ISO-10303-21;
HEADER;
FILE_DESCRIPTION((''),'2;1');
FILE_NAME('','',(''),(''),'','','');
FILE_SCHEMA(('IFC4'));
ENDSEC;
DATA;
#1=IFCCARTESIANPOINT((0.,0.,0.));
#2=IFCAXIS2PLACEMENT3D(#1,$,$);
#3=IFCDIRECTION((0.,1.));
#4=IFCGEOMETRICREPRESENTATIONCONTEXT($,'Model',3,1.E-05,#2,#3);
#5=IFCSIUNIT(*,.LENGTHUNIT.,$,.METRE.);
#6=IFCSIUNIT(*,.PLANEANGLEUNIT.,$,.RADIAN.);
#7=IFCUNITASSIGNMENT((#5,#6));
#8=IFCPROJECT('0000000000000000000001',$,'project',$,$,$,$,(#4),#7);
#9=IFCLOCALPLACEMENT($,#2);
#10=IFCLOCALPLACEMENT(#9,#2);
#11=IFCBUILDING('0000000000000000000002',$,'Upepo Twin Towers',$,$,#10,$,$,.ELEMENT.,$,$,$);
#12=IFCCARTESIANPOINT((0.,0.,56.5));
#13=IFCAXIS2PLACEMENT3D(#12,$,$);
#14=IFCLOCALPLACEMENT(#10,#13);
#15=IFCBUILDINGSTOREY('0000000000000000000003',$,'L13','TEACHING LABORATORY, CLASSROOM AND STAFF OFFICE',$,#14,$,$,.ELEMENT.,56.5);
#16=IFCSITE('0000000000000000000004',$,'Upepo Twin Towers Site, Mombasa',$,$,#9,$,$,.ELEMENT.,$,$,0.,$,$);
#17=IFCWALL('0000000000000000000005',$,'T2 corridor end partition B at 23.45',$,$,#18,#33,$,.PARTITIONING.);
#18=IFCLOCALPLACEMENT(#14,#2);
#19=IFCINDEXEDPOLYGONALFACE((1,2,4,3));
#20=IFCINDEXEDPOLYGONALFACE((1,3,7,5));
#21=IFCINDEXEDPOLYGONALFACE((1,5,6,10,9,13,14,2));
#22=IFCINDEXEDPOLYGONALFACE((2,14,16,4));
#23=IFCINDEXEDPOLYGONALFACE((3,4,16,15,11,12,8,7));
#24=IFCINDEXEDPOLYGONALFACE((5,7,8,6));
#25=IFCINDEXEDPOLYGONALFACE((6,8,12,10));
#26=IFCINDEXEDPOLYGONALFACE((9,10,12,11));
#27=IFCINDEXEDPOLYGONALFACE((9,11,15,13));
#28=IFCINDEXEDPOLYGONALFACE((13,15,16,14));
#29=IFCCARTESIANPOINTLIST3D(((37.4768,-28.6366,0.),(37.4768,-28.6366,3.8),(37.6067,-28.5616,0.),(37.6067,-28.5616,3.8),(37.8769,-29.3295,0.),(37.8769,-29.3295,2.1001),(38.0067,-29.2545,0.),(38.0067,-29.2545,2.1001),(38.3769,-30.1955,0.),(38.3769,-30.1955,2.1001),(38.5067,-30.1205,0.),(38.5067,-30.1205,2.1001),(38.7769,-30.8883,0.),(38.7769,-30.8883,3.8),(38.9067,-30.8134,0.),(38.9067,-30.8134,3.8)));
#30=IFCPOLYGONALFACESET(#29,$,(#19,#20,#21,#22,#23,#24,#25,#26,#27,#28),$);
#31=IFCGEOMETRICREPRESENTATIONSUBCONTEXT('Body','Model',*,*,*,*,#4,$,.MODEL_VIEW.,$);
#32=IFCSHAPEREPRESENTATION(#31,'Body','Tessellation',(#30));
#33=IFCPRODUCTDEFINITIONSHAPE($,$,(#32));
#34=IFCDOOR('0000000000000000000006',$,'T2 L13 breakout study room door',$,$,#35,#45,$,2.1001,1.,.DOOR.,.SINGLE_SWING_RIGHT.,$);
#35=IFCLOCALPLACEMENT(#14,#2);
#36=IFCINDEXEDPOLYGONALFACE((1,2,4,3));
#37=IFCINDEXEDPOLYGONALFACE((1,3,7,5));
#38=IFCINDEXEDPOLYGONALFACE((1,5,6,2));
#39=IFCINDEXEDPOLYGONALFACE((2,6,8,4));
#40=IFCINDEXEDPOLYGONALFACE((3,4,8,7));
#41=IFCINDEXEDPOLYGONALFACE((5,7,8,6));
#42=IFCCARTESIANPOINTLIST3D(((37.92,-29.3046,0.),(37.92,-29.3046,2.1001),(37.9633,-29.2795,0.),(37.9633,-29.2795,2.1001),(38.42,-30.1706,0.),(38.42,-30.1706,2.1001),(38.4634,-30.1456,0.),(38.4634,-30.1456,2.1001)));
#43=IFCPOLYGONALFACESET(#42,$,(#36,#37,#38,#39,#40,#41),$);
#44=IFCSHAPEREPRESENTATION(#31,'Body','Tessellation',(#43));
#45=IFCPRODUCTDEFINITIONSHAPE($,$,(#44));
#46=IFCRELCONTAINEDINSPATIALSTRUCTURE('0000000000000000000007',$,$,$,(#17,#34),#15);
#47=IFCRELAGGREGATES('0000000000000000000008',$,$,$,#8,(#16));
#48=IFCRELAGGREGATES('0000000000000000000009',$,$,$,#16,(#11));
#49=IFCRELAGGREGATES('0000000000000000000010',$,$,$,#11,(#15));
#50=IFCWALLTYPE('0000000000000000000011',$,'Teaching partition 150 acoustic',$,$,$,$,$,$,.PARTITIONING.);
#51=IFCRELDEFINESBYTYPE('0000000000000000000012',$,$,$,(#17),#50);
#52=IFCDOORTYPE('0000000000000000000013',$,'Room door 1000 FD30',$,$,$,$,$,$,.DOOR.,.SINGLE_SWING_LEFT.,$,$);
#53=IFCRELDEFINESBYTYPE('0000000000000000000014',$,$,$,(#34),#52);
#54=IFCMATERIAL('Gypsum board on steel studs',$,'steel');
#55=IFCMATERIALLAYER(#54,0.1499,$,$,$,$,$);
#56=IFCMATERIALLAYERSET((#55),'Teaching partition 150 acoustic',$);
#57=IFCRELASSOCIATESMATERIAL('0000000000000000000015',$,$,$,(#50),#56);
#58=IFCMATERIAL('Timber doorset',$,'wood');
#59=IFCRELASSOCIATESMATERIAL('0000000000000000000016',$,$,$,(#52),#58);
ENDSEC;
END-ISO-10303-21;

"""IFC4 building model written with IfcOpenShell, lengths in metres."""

from ifc_helpers import new_model, si_unit, direction, frame, frame_2d, origin, place, context, subcontext, project, spatial, rectangle, extrude, material, layer, layer_set, type_object, element, fill, save


model = new_model("IFC4")

# Units and contexts
model_context = context("Model", 3, precision=1e-05, world=origin(), true_north=direction((0.0, 1.0)))
body_context = subcontext(model_context, "Body", "Model", "MODEL_VIEW")
ifc_project = project(units=[si_unit("LENGTHUNIT", "METRE"), si_unit("PLANEANGLEUNIT", "RADIAN")], contexts=[model_context])

# Site, building, storey
site_placement = place(None, origin())
site = spatial("IfcSite", under=ifc_project, at=site_placement, Name="Upepo Twin Towers Site, Mombasa", CompositionType="ELEMENT", RefElevation=0.0)
building_placement = place(site_placement, origin())
building = spatial("IfcBuilding", under=site, at=building_placement, Name="Upepo Twin Towers", CompositionType="ELEMENT")
storey_placement = place(building_placement, frame((0.0, 0.0, 56.5)))
storey = spatial("IfcBuildingStorey", under=building, at=storey_placement, Name="L13", Description="TEACHING LABORATORY, CLASSROOM AND STAFF OFFICE", CompositionType="ELEMENT", Elevation=56.5)

# Shared definitions
ifc_material_1 = material(Name="Gypsum board on steel studs", Category="steel")
ifc_layer_1 = layer(ifc_material_1, 0.1499)
ifc_layer_set_1 = layer_set([ifc_layer_1], Name="Teaching partition 150 acoustic")
wall_type_1 = type_object("IfcWallType", Name="Teaching partition 150 acoustic", PredefinedType="PARTITIONING", material=ifc_layer_set_1)

# Shared definitions
ifc_material_2 = material(Name="Timber doorset", Category="wood")
door_type = type_object("IfcDoorType", Name="Room door 1000 FD30", OperationType="SINGLE_SWING_LEFT", PredefinedType="DOOR", material=ifc_material_2)

# Wall, opening, door
wall_1_placement = place(storey_placement, frame((37.5417, -28.5991, 0.0), z_axis=(0.0, 0.0, 1.0), x_axis=(0.500007, -0.866021, 0.0)))
wall_1 = element("IfcWall", 1, at=wall_1_placement, inside=storey, type_object=wall_type_1, Name="T2 corridor end partition B at 23.45", PredefinedType="PARTITIONING", context=body_context, shape_type="SweptSolid", body=[
    extrude(rectangle(XDim=2.6001, YDim=0.1499, at=frame_2d((1.3, 0.0))), origin(), (0.0, 0.0, 1.0), 3.8),
])
opening_1_placement = place(wall_1_placement, frame((0.8, 0.0, 0.0)))
opening_1 = element("IfcOpeningElement", 2, at=opening_1_placement, cuts=wall_1, PredefinedType="OPENING", context=body_context, shape_type="SweptSolid", body=[
    extrude(rectangle(XDim=1.0, YDim=2.1001, at=frame_2d((0.5, 1.05))), frame((0.0, 0.085, 0.0), z_axis=(0.0, -1.0, 0.0), x_axis=(1.0, 0.0, 0.0)), (0.0, 0.0, 1.0), 0.1699),
])
door_1_placement = place(opening_1_placement, origin())
door_1 = element("IfcDoor", 3, at=door_1_placement, inside=storey, type_object=door_type, Name="T2 L13 breakout study room door", OperationType="SINGLE_SWING_RIGHT", OverallHeight=2.1001, OverallWidth=1.0, PredefinedType="DOOR", context=body_context, shape_type="SweptSolid", body=[
    extrude(rectangle(XDim=1.0, YDim=2.1001, at=frame_2d((0.5, 1.05))), frame((0.0, 0.0249, 0.0), z_axis=(0.0, -1.0, 0.0), x_axis=(1.0, 0.0, 0.0)), (0.0, 0.0, 1.0), 0.05),
])
fill(opening_1, door_1)

save(model, "model.ifc")
